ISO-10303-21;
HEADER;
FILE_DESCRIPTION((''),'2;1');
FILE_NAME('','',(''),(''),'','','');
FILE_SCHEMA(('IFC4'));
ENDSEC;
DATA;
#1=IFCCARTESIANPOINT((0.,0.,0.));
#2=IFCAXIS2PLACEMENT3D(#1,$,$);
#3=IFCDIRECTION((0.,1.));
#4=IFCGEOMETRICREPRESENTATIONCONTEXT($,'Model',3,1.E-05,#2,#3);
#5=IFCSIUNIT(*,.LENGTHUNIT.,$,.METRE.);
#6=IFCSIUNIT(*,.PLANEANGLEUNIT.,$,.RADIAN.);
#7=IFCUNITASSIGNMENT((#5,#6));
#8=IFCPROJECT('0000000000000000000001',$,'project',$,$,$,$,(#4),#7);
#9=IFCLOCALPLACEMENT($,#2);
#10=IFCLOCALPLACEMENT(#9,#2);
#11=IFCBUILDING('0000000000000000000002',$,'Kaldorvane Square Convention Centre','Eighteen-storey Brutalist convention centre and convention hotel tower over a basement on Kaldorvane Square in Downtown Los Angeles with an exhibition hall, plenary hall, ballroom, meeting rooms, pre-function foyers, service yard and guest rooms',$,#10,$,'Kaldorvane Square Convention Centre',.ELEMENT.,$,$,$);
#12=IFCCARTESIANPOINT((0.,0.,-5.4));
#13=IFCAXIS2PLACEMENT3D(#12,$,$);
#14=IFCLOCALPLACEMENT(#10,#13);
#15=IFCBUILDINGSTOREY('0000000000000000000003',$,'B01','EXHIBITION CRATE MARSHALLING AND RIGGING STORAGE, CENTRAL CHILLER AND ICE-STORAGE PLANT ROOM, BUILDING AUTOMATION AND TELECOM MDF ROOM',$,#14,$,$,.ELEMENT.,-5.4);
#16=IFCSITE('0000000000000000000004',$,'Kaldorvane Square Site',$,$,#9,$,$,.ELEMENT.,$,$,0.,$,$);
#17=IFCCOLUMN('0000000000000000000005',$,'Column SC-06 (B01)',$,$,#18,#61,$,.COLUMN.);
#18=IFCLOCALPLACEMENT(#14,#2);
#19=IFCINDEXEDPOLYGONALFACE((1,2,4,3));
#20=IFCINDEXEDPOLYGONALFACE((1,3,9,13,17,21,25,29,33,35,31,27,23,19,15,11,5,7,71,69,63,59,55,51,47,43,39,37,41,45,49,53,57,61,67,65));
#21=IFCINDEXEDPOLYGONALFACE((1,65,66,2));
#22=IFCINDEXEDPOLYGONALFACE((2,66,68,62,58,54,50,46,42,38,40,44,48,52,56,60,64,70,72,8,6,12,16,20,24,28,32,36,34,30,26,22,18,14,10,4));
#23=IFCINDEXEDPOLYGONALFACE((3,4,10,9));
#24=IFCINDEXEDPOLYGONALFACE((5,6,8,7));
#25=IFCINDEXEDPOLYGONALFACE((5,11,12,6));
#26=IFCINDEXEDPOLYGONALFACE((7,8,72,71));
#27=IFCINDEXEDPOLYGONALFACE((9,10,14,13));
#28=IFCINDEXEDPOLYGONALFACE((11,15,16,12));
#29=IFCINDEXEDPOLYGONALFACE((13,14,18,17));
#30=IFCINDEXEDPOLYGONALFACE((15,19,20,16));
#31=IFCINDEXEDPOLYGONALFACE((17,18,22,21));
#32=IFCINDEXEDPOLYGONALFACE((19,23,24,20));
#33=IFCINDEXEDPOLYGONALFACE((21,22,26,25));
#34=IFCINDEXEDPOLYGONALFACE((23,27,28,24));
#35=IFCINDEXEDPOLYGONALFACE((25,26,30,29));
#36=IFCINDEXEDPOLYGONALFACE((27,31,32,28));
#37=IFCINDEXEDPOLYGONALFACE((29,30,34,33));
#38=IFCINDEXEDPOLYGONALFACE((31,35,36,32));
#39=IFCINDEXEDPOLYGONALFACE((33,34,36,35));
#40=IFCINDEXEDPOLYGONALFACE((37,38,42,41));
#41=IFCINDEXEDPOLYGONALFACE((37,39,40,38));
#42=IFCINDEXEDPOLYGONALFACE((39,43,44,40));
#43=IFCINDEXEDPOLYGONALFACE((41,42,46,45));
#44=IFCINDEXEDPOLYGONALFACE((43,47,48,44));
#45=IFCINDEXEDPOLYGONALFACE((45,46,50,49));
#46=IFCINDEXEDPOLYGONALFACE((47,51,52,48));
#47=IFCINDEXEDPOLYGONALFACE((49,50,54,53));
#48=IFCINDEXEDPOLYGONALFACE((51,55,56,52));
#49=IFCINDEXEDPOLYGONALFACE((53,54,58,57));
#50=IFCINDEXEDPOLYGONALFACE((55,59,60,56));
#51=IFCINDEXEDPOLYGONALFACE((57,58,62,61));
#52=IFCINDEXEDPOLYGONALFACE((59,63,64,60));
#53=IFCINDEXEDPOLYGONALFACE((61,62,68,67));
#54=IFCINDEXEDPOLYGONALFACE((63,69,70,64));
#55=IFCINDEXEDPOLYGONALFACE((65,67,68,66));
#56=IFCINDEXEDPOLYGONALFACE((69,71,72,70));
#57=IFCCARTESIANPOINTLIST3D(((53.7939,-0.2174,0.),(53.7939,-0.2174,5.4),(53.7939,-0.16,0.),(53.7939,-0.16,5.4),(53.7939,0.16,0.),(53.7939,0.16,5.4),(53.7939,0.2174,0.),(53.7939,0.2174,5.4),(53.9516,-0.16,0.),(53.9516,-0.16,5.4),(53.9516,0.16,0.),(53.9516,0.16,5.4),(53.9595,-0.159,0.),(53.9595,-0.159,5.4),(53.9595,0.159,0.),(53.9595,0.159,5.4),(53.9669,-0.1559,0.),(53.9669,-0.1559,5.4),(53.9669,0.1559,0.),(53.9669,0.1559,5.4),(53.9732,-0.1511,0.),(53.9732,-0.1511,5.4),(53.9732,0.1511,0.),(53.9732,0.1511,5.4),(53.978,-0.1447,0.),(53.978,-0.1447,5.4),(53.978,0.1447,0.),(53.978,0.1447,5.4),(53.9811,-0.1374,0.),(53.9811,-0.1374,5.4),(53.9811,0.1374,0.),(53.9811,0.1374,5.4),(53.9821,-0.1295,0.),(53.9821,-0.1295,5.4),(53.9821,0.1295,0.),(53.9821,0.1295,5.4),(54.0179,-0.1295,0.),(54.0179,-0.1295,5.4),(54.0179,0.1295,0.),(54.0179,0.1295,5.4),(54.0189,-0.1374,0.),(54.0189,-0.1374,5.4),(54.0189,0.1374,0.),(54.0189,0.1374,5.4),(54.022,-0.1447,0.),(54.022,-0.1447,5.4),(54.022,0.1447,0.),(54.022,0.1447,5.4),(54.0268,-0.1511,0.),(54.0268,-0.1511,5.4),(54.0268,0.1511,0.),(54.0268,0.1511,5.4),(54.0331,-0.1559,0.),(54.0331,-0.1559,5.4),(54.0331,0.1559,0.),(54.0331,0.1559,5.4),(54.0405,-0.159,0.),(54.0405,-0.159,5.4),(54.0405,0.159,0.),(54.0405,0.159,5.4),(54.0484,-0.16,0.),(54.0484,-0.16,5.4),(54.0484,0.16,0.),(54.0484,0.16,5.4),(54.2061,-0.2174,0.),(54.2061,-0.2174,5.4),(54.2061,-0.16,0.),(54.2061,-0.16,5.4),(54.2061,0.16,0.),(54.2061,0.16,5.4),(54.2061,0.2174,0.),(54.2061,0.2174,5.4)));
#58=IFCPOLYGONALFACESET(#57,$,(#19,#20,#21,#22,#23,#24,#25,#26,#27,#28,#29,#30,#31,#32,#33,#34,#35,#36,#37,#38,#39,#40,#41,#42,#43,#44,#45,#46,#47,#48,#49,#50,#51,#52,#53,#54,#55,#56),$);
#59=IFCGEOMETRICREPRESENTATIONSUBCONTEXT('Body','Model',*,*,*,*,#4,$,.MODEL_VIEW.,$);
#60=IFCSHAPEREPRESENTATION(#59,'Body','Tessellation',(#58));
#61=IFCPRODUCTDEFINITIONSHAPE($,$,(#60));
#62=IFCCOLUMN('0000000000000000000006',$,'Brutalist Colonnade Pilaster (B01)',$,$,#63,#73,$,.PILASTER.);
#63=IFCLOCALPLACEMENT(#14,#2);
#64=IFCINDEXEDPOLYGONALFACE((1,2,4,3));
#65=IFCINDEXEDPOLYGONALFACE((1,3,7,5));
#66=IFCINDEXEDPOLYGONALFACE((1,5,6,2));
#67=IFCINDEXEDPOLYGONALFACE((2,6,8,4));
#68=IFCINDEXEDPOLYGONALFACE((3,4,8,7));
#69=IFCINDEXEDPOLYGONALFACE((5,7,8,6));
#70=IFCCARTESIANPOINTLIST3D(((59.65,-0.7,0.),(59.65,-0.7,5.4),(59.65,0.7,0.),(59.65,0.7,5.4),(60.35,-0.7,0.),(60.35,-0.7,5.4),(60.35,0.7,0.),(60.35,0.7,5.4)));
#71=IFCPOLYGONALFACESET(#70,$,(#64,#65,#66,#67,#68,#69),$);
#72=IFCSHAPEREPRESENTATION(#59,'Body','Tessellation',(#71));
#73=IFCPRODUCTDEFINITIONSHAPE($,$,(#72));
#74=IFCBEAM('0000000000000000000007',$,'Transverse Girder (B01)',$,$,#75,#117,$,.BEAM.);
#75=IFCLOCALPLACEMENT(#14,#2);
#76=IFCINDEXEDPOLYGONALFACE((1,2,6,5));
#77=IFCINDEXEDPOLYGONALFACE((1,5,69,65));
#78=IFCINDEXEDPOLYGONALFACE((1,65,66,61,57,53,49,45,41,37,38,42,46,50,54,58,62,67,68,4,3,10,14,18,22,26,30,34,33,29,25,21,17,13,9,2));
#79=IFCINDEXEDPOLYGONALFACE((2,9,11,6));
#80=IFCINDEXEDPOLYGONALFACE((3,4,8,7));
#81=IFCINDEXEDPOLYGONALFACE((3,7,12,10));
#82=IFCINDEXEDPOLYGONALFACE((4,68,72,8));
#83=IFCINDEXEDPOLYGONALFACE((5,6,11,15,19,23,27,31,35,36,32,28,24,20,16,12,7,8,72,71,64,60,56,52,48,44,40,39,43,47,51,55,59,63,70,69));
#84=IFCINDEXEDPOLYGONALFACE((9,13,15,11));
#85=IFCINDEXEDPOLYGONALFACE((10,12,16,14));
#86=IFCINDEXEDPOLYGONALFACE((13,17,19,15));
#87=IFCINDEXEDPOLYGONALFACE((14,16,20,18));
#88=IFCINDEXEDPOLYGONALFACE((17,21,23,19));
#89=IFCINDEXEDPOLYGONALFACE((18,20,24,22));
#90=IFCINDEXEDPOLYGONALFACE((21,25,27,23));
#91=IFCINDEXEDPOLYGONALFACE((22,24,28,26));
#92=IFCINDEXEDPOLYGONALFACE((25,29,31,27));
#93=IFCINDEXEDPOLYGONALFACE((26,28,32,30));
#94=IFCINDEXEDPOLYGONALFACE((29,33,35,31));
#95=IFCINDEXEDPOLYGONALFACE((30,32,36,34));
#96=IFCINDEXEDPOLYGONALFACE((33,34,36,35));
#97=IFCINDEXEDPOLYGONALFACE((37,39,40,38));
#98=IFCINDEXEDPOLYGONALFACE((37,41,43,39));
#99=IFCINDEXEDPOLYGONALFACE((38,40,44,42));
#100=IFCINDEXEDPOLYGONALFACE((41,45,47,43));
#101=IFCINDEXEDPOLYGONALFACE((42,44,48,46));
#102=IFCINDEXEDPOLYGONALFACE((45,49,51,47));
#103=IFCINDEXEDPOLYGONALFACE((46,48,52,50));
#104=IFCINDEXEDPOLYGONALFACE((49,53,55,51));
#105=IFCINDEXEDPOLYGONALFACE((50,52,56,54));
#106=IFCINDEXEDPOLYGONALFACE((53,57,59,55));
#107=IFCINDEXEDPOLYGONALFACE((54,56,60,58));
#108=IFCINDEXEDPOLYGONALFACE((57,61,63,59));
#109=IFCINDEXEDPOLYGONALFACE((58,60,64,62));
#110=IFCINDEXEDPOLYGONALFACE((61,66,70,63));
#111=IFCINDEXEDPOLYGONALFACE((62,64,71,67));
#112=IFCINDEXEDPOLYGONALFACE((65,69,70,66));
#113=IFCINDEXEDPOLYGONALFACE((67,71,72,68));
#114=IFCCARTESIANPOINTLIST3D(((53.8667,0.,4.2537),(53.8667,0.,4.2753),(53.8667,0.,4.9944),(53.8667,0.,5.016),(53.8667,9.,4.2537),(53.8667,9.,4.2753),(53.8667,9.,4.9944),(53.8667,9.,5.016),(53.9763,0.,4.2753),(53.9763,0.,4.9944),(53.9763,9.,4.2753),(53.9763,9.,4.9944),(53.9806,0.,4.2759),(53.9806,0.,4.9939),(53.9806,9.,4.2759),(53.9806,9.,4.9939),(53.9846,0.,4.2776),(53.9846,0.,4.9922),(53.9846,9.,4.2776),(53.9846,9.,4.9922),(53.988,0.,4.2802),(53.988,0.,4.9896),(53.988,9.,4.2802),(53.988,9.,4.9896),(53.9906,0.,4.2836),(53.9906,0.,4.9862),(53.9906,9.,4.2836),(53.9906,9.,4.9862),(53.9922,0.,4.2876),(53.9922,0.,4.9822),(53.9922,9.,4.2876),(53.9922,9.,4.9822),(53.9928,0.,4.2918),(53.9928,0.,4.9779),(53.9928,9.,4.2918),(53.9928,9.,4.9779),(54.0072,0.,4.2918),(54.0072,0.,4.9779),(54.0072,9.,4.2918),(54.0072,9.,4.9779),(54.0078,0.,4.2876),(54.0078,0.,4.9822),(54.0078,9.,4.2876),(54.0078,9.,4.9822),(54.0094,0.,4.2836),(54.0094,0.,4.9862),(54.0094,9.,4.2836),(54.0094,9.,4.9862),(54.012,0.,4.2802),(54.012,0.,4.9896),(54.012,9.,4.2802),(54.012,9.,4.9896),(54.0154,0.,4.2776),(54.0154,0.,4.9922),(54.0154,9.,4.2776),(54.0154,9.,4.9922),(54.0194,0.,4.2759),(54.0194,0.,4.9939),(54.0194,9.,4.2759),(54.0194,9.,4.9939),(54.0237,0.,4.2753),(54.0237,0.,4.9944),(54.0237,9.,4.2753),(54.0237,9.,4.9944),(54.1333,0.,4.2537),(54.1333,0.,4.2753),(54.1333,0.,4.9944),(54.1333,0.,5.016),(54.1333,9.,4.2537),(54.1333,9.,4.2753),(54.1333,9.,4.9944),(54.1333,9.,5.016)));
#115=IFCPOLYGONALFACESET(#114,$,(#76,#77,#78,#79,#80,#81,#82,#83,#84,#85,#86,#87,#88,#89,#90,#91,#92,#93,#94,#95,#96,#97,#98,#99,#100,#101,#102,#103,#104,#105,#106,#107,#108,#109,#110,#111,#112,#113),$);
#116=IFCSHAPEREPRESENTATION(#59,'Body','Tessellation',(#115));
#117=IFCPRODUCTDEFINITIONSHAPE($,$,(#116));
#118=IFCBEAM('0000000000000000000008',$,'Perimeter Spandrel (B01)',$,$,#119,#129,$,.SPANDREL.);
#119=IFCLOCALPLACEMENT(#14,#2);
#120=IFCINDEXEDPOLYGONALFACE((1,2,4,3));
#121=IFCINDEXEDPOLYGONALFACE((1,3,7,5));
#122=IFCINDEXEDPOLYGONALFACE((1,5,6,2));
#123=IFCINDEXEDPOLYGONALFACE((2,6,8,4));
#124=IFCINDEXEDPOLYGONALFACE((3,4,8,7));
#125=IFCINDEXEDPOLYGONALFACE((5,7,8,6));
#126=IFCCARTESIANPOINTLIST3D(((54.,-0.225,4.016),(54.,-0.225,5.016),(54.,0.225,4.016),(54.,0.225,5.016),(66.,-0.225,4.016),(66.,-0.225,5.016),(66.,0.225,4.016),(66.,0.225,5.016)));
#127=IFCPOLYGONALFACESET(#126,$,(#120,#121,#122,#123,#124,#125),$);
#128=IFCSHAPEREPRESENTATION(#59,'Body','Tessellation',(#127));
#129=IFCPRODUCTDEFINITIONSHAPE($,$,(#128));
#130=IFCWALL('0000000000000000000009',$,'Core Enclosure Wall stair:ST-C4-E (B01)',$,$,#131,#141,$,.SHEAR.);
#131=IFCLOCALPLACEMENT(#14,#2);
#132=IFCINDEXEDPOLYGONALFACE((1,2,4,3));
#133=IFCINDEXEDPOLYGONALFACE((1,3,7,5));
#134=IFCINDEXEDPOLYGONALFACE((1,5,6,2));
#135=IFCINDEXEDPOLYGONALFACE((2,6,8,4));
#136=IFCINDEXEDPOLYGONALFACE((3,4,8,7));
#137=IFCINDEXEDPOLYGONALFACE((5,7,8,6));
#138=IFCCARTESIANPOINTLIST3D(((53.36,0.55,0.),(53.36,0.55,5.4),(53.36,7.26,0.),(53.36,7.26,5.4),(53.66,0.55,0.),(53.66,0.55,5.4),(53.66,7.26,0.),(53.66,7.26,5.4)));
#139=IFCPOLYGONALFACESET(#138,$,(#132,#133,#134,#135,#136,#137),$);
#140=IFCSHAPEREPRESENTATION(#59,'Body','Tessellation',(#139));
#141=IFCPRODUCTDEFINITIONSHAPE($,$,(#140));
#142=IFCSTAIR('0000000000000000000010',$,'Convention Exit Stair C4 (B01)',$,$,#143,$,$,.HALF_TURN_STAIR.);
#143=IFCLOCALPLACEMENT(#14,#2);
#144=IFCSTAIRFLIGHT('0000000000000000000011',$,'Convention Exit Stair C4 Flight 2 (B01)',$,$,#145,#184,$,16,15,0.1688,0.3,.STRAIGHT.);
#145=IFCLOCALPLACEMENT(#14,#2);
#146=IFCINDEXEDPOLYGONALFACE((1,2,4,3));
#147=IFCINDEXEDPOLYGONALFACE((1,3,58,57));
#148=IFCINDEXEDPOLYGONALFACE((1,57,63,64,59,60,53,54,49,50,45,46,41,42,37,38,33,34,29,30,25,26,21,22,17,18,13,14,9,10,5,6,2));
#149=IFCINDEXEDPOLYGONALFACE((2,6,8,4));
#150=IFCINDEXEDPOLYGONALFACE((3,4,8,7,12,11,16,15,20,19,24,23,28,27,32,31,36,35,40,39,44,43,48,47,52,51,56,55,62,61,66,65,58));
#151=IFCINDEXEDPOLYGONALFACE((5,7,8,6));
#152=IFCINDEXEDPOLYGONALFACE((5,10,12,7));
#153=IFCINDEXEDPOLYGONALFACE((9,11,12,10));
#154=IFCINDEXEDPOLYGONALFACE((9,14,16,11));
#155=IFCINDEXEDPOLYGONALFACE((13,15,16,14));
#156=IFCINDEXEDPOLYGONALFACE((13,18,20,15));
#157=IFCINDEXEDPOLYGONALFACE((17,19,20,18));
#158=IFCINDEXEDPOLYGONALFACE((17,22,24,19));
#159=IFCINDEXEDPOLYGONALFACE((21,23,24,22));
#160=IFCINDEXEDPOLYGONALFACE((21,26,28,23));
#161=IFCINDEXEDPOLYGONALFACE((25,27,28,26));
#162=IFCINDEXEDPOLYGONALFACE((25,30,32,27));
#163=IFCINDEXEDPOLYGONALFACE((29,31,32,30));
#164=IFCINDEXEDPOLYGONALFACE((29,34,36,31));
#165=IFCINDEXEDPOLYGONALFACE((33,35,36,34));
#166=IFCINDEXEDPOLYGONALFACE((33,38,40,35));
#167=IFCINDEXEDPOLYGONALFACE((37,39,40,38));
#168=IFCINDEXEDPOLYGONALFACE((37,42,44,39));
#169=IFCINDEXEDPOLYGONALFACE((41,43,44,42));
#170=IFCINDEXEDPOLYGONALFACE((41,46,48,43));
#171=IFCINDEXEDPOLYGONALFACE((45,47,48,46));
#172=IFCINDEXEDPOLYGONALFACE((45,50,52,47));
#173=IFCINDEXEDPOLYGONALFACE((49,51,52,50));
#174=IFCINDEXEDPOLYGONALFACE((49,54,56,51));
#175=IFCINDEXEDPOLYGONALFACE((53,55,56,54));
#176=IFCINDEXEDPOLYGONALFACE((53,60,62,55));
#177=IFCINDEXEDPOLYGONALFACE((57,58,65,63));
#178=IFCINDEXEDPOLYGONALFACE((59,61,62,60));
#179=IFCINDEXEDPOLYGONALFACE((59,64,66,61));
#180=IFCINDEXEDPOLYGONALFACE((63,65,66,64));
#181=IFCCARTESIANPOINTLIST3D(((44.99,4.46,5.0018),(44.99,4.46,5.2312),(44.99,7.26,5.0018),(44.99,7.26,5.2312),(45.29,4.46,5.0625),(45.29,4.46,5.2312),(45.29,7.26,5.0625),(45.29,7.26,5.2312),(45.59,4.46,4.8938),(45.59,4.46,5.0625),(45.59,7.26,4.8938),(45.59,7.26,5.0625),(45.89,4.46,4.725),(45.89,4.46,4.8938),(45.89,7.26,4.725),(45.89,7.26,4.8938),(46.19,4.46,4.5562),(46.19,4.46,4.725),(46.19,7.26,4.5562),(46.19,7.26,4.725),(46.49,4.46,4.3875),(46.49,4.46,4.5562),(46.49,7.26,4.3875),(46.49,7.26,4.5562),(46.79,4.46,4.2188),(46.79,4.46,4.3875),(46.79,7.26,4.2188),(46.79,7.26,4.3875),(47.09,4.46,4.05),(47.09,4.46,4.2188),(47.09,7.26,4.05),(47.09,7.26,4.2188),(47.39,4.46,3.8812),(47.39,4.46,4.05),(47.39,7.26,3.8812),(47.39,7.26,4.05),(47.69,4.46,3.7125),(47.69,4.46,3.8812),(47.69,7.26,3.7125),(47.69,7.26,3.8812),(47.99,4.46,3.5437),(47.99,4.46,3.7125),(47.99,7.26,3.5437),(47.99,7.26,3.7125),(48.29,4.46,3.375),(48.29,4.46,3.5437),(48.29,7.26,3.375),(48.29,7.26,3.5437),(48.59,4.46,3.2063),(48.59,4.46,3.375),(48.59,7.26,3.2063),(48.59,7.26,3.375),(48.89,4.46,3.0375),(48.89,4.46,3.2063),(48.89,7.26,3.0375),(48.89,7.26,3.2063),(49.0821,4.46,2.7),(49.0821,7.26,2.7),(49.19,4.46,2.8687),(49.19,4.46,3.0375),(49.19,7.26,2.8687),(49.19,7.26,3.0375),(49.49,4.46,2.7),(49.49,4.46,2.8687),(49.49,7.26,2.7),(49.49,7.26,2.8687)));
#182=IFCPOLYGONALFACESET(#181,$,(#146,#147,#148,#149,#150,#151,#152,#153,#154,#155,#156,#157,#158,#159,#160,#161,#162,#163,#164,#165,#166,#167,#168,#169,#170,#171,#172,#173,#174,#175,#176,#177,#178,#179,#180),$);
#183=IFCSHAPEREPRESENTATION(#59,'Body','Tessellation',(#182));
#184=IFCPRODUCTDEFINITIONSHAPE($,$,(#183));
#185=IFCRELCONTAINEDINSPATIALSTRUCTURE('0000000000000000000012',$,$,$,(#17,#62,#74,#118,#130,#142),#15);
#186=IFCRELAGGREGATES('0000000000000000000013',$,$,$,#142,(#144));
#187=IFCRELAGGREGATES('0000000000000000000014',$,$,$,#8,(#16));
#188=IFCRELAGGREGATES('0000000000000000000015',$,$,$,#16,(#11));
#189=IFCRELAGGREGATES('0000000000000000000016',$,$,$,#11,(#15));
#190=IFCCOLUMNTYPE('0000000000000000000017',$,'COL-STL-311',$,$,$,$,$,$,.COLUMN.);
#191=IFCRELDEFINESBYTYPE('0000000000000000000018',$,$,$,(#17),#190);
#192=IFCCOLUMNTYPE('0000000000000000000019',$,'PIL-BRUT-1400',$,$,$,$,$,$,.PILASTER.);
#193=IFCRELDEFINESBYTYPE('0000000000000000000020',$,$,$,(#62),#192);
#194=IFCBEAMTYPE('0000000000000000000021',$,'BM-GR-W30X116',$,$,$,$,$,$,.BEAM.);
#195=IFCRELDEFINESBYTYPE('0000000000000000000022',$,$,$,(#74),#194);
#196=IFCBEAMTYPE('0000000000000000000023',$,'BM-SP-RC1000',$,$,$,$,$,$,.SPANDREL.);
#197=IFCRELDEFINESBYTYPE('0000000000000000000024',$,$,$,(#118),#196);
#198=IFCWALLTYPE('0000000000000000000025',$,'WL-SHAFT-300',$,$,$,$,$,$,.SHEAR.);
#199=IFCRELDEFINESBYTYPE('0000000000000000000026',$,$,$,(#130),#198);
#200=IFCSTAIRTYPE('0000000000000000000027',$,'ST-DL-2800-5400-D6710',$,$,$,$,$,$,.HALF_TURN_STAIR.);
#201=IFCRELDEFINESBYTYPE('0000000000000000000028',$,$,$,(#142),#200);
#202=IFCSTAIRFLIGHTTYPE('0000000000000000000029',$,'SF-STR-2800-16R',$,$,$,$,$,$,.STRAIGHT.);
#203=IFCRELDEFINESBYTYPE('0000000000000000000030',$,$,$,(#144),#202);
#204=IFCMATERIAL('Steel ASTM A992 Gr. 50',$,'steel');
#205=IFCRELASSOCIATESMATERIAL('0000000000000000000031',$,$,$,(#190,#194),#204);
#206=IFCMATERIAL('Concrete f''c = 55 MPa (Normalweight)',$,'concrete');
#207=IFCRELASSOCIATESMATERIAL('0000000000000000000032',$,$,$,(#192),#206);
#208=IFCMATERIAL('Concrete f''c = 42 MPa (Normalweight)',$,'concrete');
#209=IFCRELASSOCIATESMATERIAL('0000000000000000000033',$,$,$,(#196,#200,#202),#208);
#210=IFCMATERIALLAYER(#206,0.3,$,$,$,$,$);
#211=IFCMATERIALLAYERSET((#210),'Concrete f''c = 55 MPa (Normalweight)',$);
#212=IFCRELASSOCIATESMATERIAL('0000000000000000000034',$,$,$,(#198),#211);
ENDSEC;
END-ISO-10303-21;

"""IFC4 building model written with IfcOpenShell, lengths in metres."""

from ifc_helpers import new_model, si_unit, direction, frame, frame_2d, origin, origin_2d, place, context, subcontext, project, spatial, polyline, rectangle, i_section, outline, extrude, material, layer, layer_set, material_profile, profile_set, type_object, element, aggregate, save


model = new_model("IFC4")

# Units and contexts
model_context = context("Model", 3, precision=1e-05, world=origin(), true_north=direction((0.0, 1.0)))
body_context = subcontext(model_context, "Body", "Model", "MODEL_VIEW")
ifc_project = project(units=[si_unit("LENGTHUNIT", "METRE"), si_unit("PLANEANGLEUNIT", "RADIAN")], contexts=[model_context])

# Site, building, storey
site_placement = place(None, origin())
site = spatial("IfcSite", under=ifc_project, at=site_placement, Name="Kaldorvane Square Site", CompositionType="ELEMENT", RefElevation=0.0)
building_placement = place(site_placement, origin())
building = spatial("IfcBuilding", under=site, at=building_placement, Name="Kaldorvane Square Convention Centre", Description="Eighteen-storey Brutalist convention centre and convention hotel tower over a basement on Kaldorvane Square in Downtown Los Angeles with an exhibition hall, plenary hall, ballroom, meeting rooms, pre-function foyers, service yard and guest rooms", LongName="Kaldorvane Square Convention Centre", CompositionType="ELEMENT")
storey_placement = place(building_placement, frame((0.0, 0.0, -5.4)))
storey = spatial("IfcBuildingStorey", under=building, at=storey_placement, Name="B01", Description="EXHIBITION CRATE MARSHALLING AND RIGGING STORAGE, CENTRAL CHILLER AND ICE-STORAGE PLANT ROOM, BUILDING AUTOMATION AND TELECOM MDF ROOM", CompositionType="ELEMENT", Elevation=-5.4)

# Shared definitions
ifc_material_1 = material(Name="Concrete f'c = 42 MPa (Normalweight)", Category="concrete")

# Columns
ifc_material_2 = material(Name="Steel ASTM A992 Gr. 50", Category="steel")
ifc_material_profile_1 = material_profile(ifc_material_2, i_section(OverallWidth=0.4122, OverallDepth=0.4348, WebThickness=0.0358, FlangeThickness=0.0574, FilletRadius=0.0305, at=origin_2d()), Name="W14X311")
ifc_profile_set_1 = profile_set([ifc_material_profile_1], Name="Steel ASTM A992 Gr. 50")
column_type_1 = type_object("IfcColumnType", Name="COL-STL-311", PredefinedType="COLUMN", material=ifc_profile_set_1)
column_1_placement = place(storey_placement, frame((54.0, 0.0, 0.0), z_axis=(0.0, 0.0, 1.0), x_axis=(1.0, 0.0, 0.0)))
element("IfcColumn", 1, at=column_1_placement, inside=storey, type_object=column_type_1, Name="Column SC-06 (B01)", PredefinedType="COLUMN", context=body_context, shape_type="SweptSolid", body=[
    extrude(i_section(OverallWidth=0.4122, OverallDepth=0.4348, WebThickness=0.0358, FlangeThickness=0.0574, FilletRadius=0.0305, at=origin_2d()), origin(), (0.0, 0.0, 1.0), 5.4),
])
ifc_material_3 = material(Name="Concrete f'c = 55 MPa (Normalweight)", Category="concrete")
ifc_material_profile_2 = material_profile(ifc_material_3, rectangle(XDim=0.7, YDim=1.4, at=origin_2d()), Name="PIL1400X700")
ifc_profile_set_2 = profile_set([ifc_material_profile_2], Name="Concrete f'c = 55 MPa (Normalweight)")
column_type_2 = type_object("IfcColumnType", Name="PIL-BRUT-1400", PredefinedType="PILASTER", material=ifc_profile_set_2)
column_2_placement = place(storey_placement, frame((60.0, 0.0, 0.0), z_axis=(0.0, 0.0, 1.0), x_axis=(1.0, 0.0, 0.0)))
element("IfcColumn", 2, at=column_2_placement, inside=storey, type_object=column_type_2, Name="Brutalist Colonnade Pilaster (B01)", PredefinedType="PILASTER", context=body_context, shape_type="SweptSolid", body=[
    extrude(rectangle(XDim=0.7, YDim=1.4, at=origin_2d()), origin(), (0.0, 0.0, 1.0), 5.4),
])

# Beams
ifc_material_profile_3 = material_profile(ifc_material_2, i_section(OverallWidth=0.2666, OverallDepth=0.7623, WebThickness=0.0144, FlangeThickness=0.0216, FilletRadius=0.0165, at=origin_2d()), Name="W30X116")
ifc_profile_set_3 = profile_set([ifc_material_profile_3], Name="Steel ASTM A992 Gr. 50")
beam_type_1 = type_object("IfcBeamType", Name="BM-GR-W30X116", PredefinedType="BEAM", material=ifc_profile_set_3)
beam_1_placement = place(storey_placement, frame((54.0, 0.0, 4.6349), z_axis=(0.0, 1.0, 0.0), x_axis=(-1.0, 0.0, 0.0)))
element("IfcBeam", 3, at=beam_1_placement, inside=storey, type_object=beam_type_1, Name="Transverse Girder (B01)", PredefinedType="BEAM", context=body_context, shape_type="SweptSolid", body=[
    extrude(i_section(OverallWidth=0.2666, OverallDepth=0.7623, WebThickness=0.0144, FlangeThickness=0.0216, FilletRadius=0.0165, at=origin_2d()), origin(), (0.0, 0.0, 1.0), 9.0),
])
ifc_material_profile_4 = material_profile(ifc_material_1, rectangle(XDim=0.45, YDim=1.0, at=origin_2d()), Name="RCSP1000X450")
ifc_profile_set_4 = profile_set([ifc_material_profile_4], Name="Concrete f'c = 42 MPa (Normalweight)")
beam_type_2 = type_object("IfcBeamType", Name="BM-SP-RC1000", PredefinedType="SPANDREL", material=ifc_profile_set_4)
beam_2_placement = place(storey_placement, frame((54.0, 0.0, 4.516), z_axis=(1.0, 0.0, 0.0), x_axis=(0.0, 1.0, 0.0)))
element("IfcBeam", 4, at=beam_2_placement, inside=storey, type_object=beam_type_2, Name="Perimeter Spandrel (B01)", PredefinedType="SPANDREL", context=body_context, shape_type="SweptSolid", body=[
    extrude(rectangle(XDim=0.45, YDim=1.0, at=origin_2d()), origin(), (0.0, 0.0, 1.0), 12.0),
])

# Wall
ifc_layer = layer(ifc_material_3, 0.3)
ifc_layer_set = layer_set([ifc_layer], Name="Concrete f'c = 55 MPa (Normalweight)")
wall_type = type_object("IfcWallType", Name="WL-SHAFT-300", PredefinedType="SHEAR", material=ifc_layer_set)
wall_placement = place(storey_placement, frame((53.51, 0.55, 0.0), z_axis=(0.0, 0.0, 1.0), x_axis=(0.0, 1.0, 0.0)))
element("IfcWall", 5, at=wall_placement, inside=storey, type_object=wall_type, Name="Core Enclosure Wall stair:ST-C4-E (B01)", PredefinedType="SHEAR", context=body_context, shape_type="SweptSolid", body=[
    extrude(rectangle(XDim=6.71, YDim=0.3, at=frame_2d((3.355, 0.0))), origin(), (0.0, 0.0, 1.0), 5.4),
])

# Stair, stair flight
stair_type = type_object("IfcStairType", Name="ST-DL-2800-5400-D6710", PredefinedType="HALF_TURN_STAIR", material=ifc_material_1)
stair_1_placement = place(storey_placement, origin())
stair_1 = element("IfcStair", 6, at=stair_1_placement, inside=storey, type_object=stair_type, Name="Convention Exit Stair C4 (B01)", PredefinedType="HALF_TURN_STAIR")
stair_flight_type = type_object("IfcStairFlightType", Name="SF-STR-2800-16R", PredefinedType="STRAIGHT", material=ifc_material_1)
stair_flight_1_placement = place(storey_placement, frame((49.49, 5.86, 2.7), z_axis=(0.0, 0.0, 1.0), x_axis=(-1.0, 0.0, 0.0)))
stair_flight_1 = element("IfcStairFlight", 7, at=stair_flight_1_placement, type_object=stair_flight_type, Name="Convention Exit Stair C4 Flight 2 (B01)", NumberOfRisers=16, NumberOfTreads=15, PredefinedType="STRAIGHT", RiserHeight=0.1688, TreadLength=0.3, context=body_context, shape_type="SweptSolid", body=[
    extrude(outline(polyline([(0.0, 0.0), (0.0, 0.1687), (0.3, 0.1687), (0.3, 0.3375), (0.6, 0.3375), (0.6, 0.5063), (0.9, 0.5063), (0.9, 0.675), (1.2, 0.675), (1.2, 0.8438), (1.5, 0.8438), (1.5, 1.0125), (1.8, 1.0125), (1.8, 1.1812), (2.1, 1.1812), (2.1, 1.35), (2.4, 1.35), (2.4, 1.5188), (2.7, 1.5188), (2.7, 1.6875), (3.0, 1.6875), (3.0, 1.8562), (3.3, 1.8562), (3.3, 2.025), (3.6, 2.025), (3.6, 2.1938), (3.9, 2.1938), (3.9, 2.3625), (4.2, 2.3625), (4.2, 2.5312), (4.5, 2.5312), (4.5, 2.7), (4.5, 2.3018), (0.4079, 0.0), (0.0, 0.0)])), frame((0.0, 1.4, 0.0), z_axis=(0.0, -1.0, 0.0), x_axis=(1.0, 0.0, 0.0)), (0.0, 0.0, 1.0), 2.8),
])
aggregate(stair_1, [stair_flight_1])

save(model, "model.ifc")
